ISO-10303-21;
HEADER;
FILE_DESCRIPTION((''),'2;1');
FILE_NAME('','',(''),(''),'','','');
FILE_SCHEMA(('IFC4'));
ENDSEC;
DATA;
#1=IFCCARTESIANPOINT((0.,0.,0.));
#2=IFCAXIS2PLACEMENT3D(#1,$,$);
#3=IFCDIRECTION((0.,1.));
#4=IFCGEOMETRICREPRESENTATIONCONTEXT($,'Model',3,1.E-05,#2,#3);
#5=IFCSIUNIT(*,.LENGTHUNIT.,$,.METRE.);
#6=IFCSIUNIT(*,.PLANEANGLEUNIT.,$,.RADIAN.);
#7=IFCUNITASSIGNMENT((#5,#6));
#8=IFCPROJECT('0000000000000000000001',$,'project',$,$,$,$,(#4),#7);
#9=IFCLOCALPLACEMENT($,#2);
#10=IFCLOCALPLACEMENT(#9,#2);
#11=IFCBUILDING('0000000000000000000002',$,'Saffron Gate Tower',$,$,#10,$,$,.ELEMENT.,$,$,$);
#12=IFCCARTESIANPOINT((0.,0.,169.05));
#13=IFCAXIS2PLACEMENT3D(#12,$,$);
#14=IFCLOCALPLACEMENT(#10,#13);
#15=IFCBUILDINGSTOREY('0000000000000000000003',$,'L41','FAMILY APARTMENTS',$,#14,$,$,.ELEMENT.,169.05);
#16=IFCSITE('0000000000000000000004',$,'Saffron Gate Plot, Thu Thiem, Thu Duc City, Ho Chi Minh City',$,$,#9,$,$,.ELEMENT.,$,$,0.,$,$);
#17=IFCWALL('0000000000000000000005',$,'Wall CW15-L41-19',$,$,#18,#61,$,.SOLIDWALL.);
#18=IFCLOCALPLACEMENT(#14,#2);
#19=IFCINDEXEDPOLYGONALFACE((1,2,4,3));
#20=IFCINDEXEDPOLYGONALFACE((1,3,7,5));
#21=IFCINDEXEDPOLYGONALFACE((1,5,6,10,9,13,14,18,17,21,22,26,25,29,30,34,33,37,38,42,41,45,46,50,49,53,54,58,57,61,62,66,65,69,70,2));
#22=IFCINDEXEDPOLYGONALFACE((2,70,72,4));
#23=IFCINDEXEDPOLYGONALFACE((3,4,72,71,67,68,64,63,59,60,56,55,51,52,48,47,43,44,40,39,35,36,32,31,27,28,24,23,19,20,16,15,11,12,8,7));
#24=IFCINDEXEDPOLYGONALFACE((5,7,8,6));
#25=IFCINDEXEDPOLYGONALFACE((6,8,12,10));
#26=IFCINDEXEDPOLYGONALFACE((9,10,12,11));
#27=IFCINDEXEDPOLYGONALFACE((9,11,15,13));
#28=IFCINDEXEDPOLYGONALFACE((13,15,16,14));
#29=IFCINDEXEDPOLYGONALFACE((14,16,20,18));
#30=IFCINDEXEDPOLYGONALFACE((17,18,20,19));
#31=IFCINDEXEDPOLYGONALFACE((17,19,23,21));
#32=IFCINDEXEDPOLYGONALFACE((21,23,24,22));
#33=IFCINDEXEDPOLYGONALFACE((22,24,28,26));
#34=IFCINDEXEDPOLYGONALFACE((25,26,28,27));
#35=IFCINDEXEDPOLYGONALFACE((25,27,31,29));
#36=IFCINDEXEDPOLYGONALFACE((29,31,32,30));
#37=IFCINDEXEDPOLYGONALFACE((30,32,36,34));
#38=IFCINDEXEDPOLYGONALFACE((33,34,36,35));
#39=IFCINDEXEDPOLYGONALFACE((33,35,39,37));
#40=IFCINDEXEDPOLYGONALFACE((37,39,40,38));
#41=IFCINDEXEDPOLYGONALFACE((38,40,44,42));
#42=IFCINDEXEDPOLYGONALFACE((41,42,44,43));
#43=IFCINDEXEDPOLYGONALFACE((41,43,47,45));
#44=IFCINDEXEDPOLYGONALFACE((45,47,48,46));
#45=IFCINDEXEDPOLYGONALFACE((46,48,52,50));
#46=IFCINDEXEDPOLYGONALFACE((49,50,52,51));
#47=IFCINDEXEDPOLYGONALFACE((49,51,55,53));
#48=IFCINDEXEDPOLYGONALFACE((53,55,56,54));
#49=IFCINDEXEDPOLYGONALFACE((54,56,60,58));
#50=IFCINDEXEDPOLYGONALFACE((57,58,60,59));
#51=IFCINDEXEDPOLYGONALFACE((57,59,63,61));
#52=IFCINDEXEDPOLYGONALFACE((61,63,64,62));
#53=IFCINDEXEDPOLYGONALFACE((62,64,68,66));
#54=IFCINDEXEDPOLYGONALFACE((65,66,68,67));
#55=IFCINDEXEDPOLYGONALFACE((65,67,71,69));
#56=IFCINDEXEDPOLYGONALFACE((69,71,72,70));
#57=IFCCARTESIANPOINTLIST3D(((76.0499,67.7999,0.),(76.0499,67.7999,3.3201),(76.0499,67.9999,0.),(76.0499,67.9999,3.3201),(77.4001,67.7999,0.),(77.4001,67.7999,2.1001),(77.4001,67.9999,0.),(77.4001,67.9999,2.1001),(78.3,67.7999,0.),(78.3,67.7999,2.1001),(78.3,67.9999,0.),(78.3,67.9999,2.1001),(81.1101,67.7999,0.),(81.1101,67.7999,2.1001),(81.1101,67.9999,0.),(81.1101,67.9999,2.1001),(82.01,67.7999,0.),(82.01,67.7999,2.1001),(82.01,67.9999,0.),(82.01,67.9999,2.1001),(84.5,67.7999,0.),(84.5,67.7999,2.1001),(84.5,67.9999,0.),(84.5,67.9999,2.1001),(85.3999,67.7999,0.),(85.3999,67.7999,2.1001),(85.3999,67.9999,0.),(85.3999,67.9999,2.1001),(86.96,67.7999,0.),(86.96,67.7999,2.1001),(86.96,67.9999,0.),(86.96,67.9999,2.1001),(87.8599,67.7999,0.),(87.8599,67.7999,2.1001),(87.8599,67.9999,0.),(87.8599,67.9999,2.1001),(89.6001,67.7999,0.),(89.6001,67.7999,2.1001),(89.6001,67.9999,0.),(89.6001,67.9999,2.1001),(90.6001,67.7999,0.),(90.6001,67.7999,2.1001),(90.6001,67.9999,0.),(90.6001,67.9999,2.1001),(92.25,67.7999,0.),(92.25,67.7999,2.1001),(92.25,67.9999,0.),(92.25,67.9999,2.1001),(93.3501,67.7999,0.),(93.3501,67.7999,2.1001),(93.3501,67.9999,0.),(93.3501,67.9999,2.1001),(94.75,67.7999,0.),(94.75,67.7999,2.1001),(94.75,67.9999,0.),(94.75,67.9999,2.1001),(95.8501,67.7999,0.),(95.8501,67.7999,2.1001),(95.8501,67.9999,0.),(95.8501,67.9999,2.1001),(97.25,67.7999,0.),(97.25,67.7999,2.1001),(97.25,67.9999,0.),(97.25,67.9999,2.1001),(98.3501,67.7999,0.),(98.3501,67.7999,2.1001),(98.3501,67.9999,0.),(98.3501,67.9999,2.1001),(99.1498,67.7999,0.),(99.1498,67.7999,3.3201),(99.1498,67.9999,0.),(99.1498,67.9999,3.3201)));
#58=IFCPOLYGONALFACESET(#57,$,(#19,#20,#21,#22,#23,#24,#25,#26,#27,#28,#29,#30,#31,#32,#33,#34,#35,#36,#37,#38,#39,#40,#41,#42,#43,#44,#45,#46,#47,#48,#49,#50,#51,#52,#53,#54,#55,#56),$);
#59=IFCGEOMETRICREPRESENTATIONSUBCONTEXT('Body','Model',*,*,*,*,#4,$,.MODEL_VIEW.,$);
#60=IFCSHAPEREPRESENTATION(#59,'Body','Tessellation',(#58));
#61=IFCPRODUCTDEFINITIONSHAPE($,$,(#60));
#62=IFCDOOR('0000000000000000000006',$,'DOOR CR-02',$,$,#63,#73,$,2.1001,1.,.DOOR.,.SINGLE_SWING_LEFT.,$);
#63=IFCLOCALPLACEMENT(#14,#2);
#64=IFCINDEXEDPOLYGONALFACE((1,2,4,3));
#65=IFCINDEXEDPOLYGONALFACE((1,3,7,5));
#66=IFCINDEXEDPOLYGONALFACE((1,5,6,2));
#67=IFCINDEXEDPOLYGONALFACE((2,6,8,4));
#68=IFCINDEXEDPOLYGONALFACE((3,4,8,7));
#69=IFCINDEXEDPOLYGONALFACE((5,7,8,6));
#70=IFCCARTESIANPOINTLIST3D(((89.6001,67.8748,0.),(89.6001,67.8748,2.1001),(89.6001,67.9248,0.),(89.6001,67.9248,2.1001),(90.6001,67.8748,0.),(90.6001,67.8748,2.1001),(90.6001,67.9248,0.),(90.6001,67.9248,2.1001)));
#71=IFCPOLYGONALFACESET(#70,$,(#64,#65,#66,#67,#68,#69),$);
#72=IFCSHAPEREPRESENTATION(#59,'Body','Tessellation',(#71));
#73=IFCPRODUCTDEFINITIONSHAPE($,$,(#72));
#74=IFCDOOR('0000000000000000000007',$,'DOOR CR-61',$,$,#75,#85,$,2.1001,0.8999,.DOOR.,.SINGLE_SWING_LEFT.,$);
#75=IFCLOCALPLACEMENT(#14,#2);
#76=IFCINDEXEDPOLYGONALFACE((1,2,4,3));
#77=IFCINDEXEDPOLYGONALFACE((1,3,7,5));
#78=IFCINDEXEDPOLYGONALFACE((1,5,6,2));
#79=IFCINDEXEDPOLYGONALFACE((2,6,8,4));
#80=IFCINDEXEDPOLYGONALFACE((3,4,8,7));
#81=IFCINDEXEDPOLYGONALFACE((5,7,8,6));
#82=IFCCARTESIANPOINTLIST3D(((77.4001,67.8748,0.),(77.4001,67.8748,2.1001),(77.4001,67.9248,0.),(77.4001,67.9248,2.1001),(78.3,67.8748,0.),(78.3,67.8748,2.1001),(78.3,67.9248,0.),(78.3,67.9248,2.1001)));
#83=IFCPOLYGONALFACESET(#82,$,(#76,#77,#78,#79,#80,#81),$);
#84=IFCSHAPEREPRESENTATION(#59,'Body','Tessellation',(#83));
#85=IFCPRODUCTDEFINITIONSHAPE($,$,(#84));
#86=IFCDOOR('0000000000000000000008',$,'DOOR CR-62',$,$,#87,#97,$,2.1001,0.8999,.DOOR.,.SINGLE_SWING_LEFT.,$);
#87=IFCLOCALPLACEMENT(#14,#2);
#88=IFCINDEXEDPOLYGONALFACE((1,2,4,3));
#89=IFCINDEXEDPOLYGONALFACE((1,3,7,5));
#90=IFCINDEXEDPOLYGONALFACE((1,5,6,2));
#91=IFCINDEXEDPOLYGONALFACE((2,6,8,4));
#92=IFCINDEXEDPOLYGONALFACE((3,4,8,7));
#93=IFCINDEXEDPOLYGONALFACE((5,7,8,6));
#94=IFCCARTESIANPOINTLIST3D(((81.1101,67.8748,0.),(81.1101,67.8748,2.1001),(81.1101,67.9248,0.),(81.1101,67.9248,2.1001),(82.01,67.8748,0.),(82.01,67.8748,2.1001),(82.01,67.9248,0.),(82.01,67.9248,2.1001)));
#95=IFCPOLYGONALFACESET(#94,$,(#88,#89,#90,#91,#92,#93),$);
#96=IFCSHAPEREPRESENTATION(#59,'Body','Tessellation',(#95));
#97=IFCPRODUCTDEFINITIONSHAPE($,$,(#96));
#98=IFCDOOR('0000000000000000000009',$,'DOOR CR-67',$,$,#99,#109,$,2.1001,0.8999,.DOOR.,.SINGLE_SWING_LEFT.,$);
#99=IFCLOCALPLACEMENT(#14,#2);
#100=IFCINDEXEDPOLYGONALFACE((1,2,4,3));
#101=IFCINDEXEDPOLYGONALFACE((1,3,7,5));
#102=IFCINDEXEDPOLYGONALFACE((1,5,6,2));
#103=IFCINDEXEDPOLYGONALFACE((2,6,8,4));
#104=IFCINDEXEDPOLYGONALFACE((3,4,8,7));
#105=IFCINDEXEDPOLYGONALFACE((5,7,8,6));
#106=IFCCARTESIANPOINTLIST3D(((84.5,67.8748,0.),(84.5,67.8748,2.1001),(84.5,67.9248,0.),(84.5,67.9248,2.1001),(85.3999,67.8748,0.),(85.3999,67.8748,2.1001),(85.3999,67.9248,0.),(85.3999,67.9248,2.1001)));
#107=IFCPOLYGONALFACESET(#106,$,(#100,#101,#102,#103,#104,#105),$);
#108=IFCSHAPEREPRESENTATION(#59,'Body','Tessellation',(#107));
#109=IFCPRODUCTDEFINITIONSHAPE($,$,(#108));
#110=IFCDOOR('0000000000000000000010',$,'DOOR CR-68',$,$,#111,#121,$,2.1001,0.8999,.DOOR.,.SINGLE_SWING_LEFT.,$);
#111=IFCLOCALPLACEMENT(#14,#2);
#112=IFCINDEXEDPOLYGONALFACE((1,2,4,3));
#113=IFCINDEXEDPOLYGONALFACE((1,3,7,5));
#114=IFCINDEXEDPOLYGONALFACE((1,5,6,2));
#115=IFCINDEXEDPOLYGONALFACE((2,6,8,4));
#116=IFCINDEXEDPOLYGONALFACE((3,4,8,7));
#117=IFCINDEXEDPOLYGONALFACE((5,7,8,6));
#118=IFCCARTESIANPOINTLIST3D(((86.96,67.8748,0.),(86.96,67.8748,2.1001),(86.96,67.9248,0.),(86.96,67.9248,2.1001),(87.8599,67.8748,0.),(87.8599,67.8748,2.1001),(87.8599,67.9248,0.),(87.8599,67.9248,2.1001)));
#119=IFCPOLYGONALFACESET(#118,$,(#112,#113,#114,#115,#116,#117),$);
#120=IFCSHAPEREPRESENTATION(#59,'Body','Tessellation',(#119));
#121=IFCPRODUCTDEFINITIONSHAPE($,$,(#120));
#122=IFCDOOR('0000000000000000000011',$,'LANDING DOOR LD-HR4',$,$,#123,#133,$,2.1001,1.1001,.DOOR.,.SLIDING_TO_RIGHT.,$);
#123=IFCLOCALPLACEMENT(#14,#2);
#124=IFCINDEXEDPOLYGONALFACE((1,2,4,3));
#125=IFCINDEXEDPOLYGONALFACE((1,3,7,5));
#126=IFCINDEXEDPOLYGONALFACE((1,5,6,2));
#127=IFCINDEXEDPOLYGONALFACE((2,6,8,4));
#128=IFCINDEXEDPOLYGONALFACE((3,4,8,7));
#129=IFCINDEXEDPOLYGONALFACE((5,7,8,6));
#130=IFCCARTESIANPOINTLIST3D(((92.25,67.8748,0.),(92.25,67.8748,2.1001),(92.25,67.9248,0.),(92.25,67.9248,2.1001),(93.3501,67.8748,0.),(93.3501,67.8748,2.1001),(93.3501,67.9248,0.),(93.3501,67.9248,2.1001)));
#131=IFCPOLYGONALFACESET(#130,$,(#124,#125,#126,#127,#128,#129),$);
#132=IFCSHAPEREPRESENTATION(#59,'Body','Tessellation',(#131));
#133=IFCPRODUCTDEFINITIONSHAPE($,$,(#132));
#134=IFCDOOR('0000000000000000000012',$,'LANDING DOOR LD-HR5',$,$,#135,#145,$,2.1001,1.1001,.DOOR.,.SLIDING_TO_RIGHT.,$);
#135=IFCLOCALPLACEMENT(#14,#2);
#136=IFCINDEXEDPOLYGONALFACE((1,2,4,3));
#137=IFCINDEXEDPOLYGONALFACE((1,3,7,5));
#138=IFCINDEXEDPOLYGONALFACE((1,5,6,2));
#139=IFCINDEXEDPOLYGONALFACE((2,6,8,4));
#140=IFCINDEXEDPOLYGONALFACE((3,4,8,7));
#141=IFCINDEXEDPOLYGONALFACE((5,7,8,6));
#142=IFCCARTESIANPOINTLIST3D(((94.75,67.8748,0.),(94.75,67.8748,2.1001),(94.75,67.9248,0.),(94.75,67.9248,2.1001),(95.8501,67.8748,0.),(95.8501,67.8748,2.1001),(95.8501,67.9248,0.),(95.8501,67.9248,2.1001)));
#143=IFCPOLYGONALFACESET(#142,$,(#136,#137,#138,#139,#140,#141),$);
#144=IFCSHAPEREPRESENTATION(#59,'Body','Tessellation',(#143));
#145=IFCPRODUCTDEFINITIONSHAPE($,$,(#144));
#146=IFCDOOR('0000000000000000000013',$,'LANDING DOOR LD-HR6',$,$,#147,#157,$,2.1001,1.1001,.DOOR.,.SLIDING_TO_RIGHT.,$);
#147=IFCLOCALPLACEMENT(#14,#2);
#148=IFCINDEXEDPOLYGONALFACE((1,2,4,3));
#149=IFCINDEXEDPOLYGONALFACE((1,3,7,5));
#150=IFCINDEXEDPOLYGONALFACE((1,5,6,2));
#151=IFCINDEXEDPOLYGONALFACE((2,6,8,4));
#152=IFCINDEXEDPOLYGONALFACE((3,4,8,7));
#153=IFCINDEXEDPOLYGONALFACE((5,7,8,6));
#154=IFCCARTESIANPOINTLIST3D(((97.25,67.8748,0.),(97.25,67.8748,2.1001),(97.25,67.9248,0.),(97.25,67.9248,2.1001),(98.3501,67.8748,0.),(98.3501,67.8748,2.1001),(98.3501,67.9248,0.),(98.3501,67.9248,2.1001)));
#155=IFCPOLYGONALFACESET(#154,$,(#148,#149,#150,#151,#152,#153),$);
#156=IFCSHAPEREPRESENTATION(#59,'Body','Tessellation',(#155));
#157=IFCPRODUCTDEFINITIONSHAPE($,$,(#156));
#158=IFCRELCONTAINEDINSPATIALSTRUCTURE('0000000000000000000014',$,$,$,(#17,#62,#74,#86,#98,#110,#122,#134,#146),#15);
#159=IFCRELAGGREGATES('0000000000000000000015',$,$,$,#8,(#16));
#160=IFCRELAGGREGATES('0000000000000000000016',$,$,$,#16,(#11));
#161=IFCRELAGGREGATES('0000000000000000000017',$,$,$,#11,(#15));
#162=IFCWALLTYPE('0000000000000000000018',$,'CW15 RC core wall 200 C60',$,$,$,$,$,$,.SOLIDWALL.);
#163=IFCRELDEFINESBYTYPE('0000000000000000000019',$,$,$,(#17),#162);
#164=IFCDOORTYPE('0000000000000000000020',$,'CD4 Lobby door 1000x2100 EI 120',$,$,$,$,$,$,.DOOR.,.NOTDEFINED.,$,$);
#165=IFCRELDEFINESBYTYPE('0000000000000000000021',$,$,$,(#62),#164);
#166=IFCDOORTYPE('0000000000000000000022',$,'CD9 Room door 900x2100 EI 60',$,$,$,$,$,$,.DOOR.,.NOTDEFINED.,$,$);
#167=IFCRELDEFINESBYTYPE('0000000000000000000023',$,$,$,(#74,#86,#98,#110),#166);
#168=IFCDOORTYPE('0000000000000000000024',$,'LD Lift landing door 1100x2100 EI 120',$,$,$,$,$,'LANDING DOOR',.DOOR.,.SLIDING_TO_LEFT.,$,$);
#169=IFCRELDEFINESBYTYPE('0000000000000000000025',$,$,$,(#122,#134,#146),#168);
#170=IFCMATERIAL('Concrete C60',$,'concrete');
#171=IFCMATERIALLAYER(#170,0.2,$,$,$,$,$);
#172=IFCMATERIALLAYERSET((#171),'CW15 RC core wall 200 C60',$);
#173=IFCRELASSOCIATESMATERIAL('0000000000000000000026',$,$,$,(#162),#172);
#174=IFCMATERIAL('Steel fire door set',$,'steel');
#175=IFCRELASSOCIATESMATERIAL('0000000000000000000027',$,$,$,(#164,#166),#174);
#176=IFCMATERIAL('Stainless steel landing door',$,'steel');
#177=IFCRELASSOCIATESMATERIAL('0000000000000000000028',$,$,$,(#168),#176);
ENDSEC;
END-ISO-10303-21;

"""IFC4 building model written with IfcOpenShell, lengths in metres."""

from ifc_helpers import new_model, si_unit, direction, frame, frame_2d, origin, place, context, subcontext, project, spatial, rectangle, extrude, material, layer, layer_set, type_object, element, fill, save


model = new_model("IFC4")

# Units and contexts
model_context = context("Model", 3, precision=1e-05, world=origin(), true_north=direction((0.0, 1.0)))
body_context = subcontext(model_context, "Body", "Model", "MODEL_VIEW")
ifc_project = project(units=[si_unit("LENGTHUNIT", "METRE"), si_unit("PLANEANGLEUNIT", "RADIAN")], contexts=[model_context])

# Site, building, storey
site_placement = place(None, origin())
site = spatial("IfcSite", under=ifc_project, at=site_placement, Name="Saffron Gate Plot, Thu Thiem, Thu Duc City, Ho Chi Minh City", CompositionType="ELEMENT", RefElevation=0.0)
building_placement = place(site_placement, origin())
building = spatial("IfcBuilding", under=site, at=building_placement, Name="Saffron Gate Tower", CompositionType="ELEMENT")
storey_placement = place(building_placement, frame((0.0, 0.0, 169.05)))
storey = spatial("IfcBuildingStorey", under=building, at=storey_placement, Name="L41", Description="FAMILY APARTMENTS", CompositionType="ELEMENT", Elevation=169.05)

# Shared definitions
ifc_material_1 = material(Name="Concrete C60", Category="concrete")

# Wall, openings, doors
ifc_layer_1 = layer(ifc_material_1, 0.2)
ifc_layer_set_1 = layer_set([ifc_layer_1], Name="CW15 RC core wall 200 C60")
wall_type_1 = type_object("IfcWallType", Name="CW15 RC core wall 200 C60", PredefinedType="SOLIDWALL", material=ifc_layer_set_1)
wall_1_placement = place(storey_placement, frame((76.05, 67.8999, 0.0), z_axis=(0.0, 0.0, 1.0), x_axis=(1.0, 0.0, 0.0)))
wall_1 = element("IfcWall", 1, at=wall_1_placement, inside=storey, type_object=wall_type_1, Name="Wall CW15-L41-19", PredefinedType="SOLIDWALL", context=body_context, shape_type="SweptSolid", body=[
    extrude(rectangle(XDim=23.0999, YDim=0.2, at=frame_2d((11.5498, 0.0))), origin(), (0.0, 0.0, 1.0), 3.3201),
])
opening_1_placement = place(wall_1_placement, frame((1.3501, 0.0, 0.0)))
opening_1 = element("IfcOpeningElement", 2, at=opening_1_placement, cuts=wall_1, PredefinedType="OPENING", context=body_context, shape_type="SweptSolid", body=[
    extrude(rectangle(XDim=0.8999, YDim=2.1001, at=frame_2d((0.45, 1.05))), frame((0.0, 0.1099, 0.0), z_axis=(0.0, -1.0, 0.0), x_axis=(1.0, 0.0, 0.0)), (0.0, 0.0, 1.0), 0.22),
])
opening_2_placement = place(wall_1_placement, frame((5.0601, 0.0, 0.0)))
opening_2 = element("IfcOpeningElement", 3, at=opening_2_placement, cuts=wall_1, PredefinedType="OPENING", context=body_context, shape_type="SweptSolid", body=[
    extrude(rectangle(XDim=0.8999, YDim=2.1001, at=frame_2d((0.45, 1.05))), frame((0.0, 0.1099, 0.0), z_axis=(0.0, -1.0, 0.0), x_axis=(1.0, 0.0, 0.0)), (0.0, 0.0, 1.0), 0.22),
])
opening_3_placement = place(wall_1_placement, frame((8.45, 0.0, 0.0)))
opening_3 = element("IfcOpeningElement", 4, at=opening_3_placement, cuts=wall_1, PredefinedType="OPENING", context=body_context, shape_type="SweptSolid", body=[
    extrude(rectangle(XDim=0.8999, YDim=2.1001, at=frame_2d((0.45, 1.05))), frame((0.0, 0.1099, 0.0), z_axis=(0.0, -1.0, 0.0), x_axis=(1.0, 0.0, 0.0)), (0.0, 0.0, 1.0), 0.22),
])
opening_4_placement = place(wall_1_placement, frame((10.9099, 0.0, 0.0)))
opening_4 = element("IfcOpeningElement", 5, at=opening_4_placement, cuts=wall_1, PredefinedType="OPENING", context=body_context, shape_type="SweptSolid", body=[
    extrude(rectangle(XDim=0.8999, YDim=2.1001, at=frame_2d((0.45, 1.05))), frame((0.0, 0.1099, 0.0), z_axis=(0.0, -1.0, 0.0), x_axis=(1.0, 0.0, 0.0)), (0.0, 0.0, 1.0), 0.22),
])
opening_5_placement = place(wall_1_placement, frame((13.55, 0.0, 0.0)))
opening_5 = element("IfcOpeningElement", 6, at=opening_5_placement, cuts=wall_1, PredefinedType="OPENING", context=body_context, shape_type="SweptSolid", body=[
    extrude(rectangle(XDim=1.0, YDim=2.1001, at=frame_2d((0.5, 1.05))), frame((0.0, 0.1099, 0.0), z_axis=(0.0, -1.0, 0.0), x_axis=(1.0, 0.0, 0.0)), (0.0, 0.0, 1.0), 0.22),
])
opening_6_placement = place(wall_1_placement, frame((16.2, 0.0, 0.0)))
opening_6 = element("IfcOpeningElement", 7, at=opening_6_placement, cuts=wall_1, PredefinedType="OPENING", context=body_context, shape_type="SweptSolid", body=[
    extrude(rectangle(XDim=1.1001, YDim=2.1001, at=frame_2d((0.55, 1.05))), frame((0.0, 0.1099, 0.0), z_axis=(0.0, -1.0, 0.0), x_axis=(1.0, 0.0, 0.0)), (0.0, 0.0, 1.0), 0.22),
])
opening_7_placement = place(wall_1_placement, frame((18.7, 0.0, 0.0)))
opening_7 = element("IfcOpeningElement", 8, at=opening_7_placement, cuts=wall_1, PredefinedType="OPENING", context=body_context, shape_type="SweptSolid", body=[
    extrude(rectangle(XDim=1.1001, YDim=2.1001, at=frame_2d((0.55, 1.05))), frame((0.0, 0.1099, 0.0), z_axis=(0.0, -1.0, 0.0), x_axis=(1.0, 0.0, 0.0)), (0.0, 0.0, 1.0), 0.22),
])
opening_8_placement = place(wall_1_placement, frame((21.2, 0.0, 0.0)))
opening_8 = element("IfcOpeningElement", 9, at=opening_8_placement, cuts=wall_1, PredefinedType="OPENING", context=body_context, shape_type="SweptSolid", body=[
    extrude(rectangle(XDim=1.1001, YDim=2.1001, at=frame_2d((0.55, 1.05))), frame((0.0, 0.1099, 0.0), z_axis=(0.0, -1.0, 0.0), x_axis=(1.0, 0.0, 0.0)), (0.0, 0.0, 1.0), 0.22),
])
ifc_material_2 = material(Name="Steel fire door set", Category="steel")
door_type_1 = type_object("IfcDoorType", Name="CD4 Lobby door 1000x2100 EI 120", OperationType="NOTDEFINED", PredefinedType="DOOR", material=ifc_material_2)
door_1_placement = place(opening_5_placement, origin())
door_1 = element("IfcDoor", 10, at=door_1_placement, inside=storey, type_object=door_type_1, Name="DOOR CR-02", OperationType="SINGLE_SWING_LEFT", OverallHeight=2.1001, OverallWidth=1.0, PredefinedType="DOOR", context=body_context, shape_type="SweptSolid", body=[
    extrude(rectangle(XDim=1.0, YDim=2.1001, at=frame_2d((0.5, 1.05))), frame((0.0, 0.0249, 0.0), z_axis=(0.0, -1.0, 0.0), x_axis=(1.0, 0.0, 0.0)), (0.0, 0.0, 1.0), 0.05),
])
fill(opening_5, door_1)
door_type_2 = type_object("IfcDoorType", Name="CD9 Room door 900x2100 EI 60", OperationType="NOTDEFINED", PredefinedType="DOOR", material=ifc_material_2)
door_2_placement = place(opening_1_placement, origin())
door_2 = element("IfcDoor", 11, at=door_2_placement, inside=storey, type_object=door_type_2, Name="DOOR CR-61", OperationType="SINGLE_SWING_LEFT", OverallHeight=2.1001, OverallWidth=0.8999, PredefinedType="DOOR", context=body_context, shape_type="SweptSolid", body=[
    extrude(rectangle(XDim=0.8999, YDim=2.1001, at=frame_2d((0.45, 1.05))), frame((0.0, 0.0249, 0.0), z_axis=(0.0, -1.0, 0.0), x_axis=(1.0, 0.0, 0.0)), (0.0, 0.0, 1.0), 0.05),
])
fill(opening_1, door_2)
door_3_placement = place(opening_2_placement, origin())
door_3 = element("IfcDoor", 12, at=door_3_placement, inside=storey, type_object=door_type_2, Name="DOOR CR-62", OperationType="SINGLE_SWING_LEFT", OverallHeight=2.1001, OverallWidth=0.8999, PredefinedType="DOOR", context=body_context, shape_type="SweptSolid", body=[
    extrude(rectangle(XDim=0.8999, YDim=2.1001, at=frame_2d((0.45, 1.05))), frame((0.0, 0.0249, 0.0), z_axis=(0.0, -1.0, 0.0), x_axis=(1.0, 0.0, 0.0)), (0.0, 0.0, 1.0), 0.05),
])
fill(opening_2, door_3)
door_4_placement = place(opening_3_placement, origin())
door_4 = element("IfcDoor", 13, at=door_4_placement, inside=storey, type_object=door_type_2, Name="DOOR CR-67", OperationType="SINGLE_SWING_LEFT", OverallHeight=2.1001, OverallWidth=0.8999, PredefinedType="DOOR", context=body_context, shape_type="SweptSolid", body=[
    extrude(rectangle(XDim=0.8999, YDim=2.1001, at=frame_2d((0.45, 1.05))), frame((0.0, 0.0249, 0.0), z_axis=(0.0, -1.0, 0.0), x_axis=(1.0, 0.0, 0.0)), (0.0, 0.0, 1.0), 0.05),
])
fill(opening_3, door_4)
door_5_placement = place(opening_4_placement, origin())
door_5 = element("IfcDoor", 14, at=door_5_placement, inside=storey, type_object=door_type_2, Name="DOOR CR-68", OperationType="SINGLE_SWING_LEFT", OverallHeight=2.1001, OverallWidth=0.8999, PredefinedType="DOOR", context=body_context, shape_type="SweptSolid", body=[
    extrude(rectangle(XDim=0.8999, YDim=2.1001, at=frame_2d((0.45, 1.05))), frame((0.0, 0.0249, 0.0), z_axis=(0.0, -1.0, 0.0), x_axis=(1.0, 0.0, 0.0)), (0.0, 0.0, 1.0), 0.05),
])
fill(opening_4, door_5)
ifc_material_3 = material(Name="Stainless steel landing door", Category="steel")
door_type_3 = type_object("IfcDoorType", Name="LD Lift landing door 1100x2100 EI 120", ElementType="LANDING DOOR", OperationType="SLIDING_TO_LEFT", PredefinedType="DOOR", material=ifc_material_3)
door_6_placement = place(opening_6_placement, origin())
door_6 = element("IfcDoor", 15, at=door_6_placement, inside=storey, type_object=door_type_3, Name="LANDING DOOR LD-HR4", OperationType="SLIDING_TO_RIGHT", OverallHeight=2.1001, OverallWidth=1.1001, PredefinedType="DOOR", context=body_context, shape_type="SweptSolid", body=[
    extrude(rectangle(XDim=1.1001, YDim=2.1001, at=frame_2d((0.55, 1.05))), frame((0.0, 0.0249, 0.0), z_axis=(0.0, -1.0, 0.0), x_axis=(1.0, 0.0, 0.0)), (0.0, 0.0, 1.0), 0.05),
])
fill(opening_6, door_6)
door_7_placement = place(opening_7_placement, origin())
door_7 = element("IfcDoor", 16, at=door_7_placement, inside=storey, type_object=door_type_3, Name="LANDING DOOR LD-HR5", OperationType="SLIDING_TO_RIGHT", OverallHeight=2.1001, OverallWidth=1.1001, PredefinedType="DOOR", context=body_context, shape_type="SweptSolid", body=[
    extrude(rectangle(XDim=1.1001, YDim=2.1001, at=frame_2d((0.55, 1.05))), frame((0.0, 0.0249, 0.0), z_axis=(0.0, -1.0, 0.0), x_axis=(1.0, 0.0, 0.0)), (0.0, 0.0, 1.0), 0.05),
])
fill(opening_7, door_7)
door_8_placement = place(opening_8_placement, origin())
door_8 = element("IfcDoor", 17, at=door_8_placement, inside=storey, type_object=door_type_3, Name="LANDING DOOR LD-HR6", OperationType="SLIDING_TO_RIGHT", OverallHeight=2.1001, OverallWidth=1.1001, PredefinedType="DOOR", context=body_context, shape_type="SweptSolid", body=[
    extrude(rectangle(XDim=1.1001, YDim=2.1001, at=frame_2d((0.55, 1.05))), frame((0.0, 0.0249, 0.0), z_axis=(0.0, -1.0, 0.0), x_axis=(1.0, 0.0, 0.0)), (0.0, 0.0, 1.0), 0.05),
])
fill(opening_8, door_8)

save(model, "model.ifc")
